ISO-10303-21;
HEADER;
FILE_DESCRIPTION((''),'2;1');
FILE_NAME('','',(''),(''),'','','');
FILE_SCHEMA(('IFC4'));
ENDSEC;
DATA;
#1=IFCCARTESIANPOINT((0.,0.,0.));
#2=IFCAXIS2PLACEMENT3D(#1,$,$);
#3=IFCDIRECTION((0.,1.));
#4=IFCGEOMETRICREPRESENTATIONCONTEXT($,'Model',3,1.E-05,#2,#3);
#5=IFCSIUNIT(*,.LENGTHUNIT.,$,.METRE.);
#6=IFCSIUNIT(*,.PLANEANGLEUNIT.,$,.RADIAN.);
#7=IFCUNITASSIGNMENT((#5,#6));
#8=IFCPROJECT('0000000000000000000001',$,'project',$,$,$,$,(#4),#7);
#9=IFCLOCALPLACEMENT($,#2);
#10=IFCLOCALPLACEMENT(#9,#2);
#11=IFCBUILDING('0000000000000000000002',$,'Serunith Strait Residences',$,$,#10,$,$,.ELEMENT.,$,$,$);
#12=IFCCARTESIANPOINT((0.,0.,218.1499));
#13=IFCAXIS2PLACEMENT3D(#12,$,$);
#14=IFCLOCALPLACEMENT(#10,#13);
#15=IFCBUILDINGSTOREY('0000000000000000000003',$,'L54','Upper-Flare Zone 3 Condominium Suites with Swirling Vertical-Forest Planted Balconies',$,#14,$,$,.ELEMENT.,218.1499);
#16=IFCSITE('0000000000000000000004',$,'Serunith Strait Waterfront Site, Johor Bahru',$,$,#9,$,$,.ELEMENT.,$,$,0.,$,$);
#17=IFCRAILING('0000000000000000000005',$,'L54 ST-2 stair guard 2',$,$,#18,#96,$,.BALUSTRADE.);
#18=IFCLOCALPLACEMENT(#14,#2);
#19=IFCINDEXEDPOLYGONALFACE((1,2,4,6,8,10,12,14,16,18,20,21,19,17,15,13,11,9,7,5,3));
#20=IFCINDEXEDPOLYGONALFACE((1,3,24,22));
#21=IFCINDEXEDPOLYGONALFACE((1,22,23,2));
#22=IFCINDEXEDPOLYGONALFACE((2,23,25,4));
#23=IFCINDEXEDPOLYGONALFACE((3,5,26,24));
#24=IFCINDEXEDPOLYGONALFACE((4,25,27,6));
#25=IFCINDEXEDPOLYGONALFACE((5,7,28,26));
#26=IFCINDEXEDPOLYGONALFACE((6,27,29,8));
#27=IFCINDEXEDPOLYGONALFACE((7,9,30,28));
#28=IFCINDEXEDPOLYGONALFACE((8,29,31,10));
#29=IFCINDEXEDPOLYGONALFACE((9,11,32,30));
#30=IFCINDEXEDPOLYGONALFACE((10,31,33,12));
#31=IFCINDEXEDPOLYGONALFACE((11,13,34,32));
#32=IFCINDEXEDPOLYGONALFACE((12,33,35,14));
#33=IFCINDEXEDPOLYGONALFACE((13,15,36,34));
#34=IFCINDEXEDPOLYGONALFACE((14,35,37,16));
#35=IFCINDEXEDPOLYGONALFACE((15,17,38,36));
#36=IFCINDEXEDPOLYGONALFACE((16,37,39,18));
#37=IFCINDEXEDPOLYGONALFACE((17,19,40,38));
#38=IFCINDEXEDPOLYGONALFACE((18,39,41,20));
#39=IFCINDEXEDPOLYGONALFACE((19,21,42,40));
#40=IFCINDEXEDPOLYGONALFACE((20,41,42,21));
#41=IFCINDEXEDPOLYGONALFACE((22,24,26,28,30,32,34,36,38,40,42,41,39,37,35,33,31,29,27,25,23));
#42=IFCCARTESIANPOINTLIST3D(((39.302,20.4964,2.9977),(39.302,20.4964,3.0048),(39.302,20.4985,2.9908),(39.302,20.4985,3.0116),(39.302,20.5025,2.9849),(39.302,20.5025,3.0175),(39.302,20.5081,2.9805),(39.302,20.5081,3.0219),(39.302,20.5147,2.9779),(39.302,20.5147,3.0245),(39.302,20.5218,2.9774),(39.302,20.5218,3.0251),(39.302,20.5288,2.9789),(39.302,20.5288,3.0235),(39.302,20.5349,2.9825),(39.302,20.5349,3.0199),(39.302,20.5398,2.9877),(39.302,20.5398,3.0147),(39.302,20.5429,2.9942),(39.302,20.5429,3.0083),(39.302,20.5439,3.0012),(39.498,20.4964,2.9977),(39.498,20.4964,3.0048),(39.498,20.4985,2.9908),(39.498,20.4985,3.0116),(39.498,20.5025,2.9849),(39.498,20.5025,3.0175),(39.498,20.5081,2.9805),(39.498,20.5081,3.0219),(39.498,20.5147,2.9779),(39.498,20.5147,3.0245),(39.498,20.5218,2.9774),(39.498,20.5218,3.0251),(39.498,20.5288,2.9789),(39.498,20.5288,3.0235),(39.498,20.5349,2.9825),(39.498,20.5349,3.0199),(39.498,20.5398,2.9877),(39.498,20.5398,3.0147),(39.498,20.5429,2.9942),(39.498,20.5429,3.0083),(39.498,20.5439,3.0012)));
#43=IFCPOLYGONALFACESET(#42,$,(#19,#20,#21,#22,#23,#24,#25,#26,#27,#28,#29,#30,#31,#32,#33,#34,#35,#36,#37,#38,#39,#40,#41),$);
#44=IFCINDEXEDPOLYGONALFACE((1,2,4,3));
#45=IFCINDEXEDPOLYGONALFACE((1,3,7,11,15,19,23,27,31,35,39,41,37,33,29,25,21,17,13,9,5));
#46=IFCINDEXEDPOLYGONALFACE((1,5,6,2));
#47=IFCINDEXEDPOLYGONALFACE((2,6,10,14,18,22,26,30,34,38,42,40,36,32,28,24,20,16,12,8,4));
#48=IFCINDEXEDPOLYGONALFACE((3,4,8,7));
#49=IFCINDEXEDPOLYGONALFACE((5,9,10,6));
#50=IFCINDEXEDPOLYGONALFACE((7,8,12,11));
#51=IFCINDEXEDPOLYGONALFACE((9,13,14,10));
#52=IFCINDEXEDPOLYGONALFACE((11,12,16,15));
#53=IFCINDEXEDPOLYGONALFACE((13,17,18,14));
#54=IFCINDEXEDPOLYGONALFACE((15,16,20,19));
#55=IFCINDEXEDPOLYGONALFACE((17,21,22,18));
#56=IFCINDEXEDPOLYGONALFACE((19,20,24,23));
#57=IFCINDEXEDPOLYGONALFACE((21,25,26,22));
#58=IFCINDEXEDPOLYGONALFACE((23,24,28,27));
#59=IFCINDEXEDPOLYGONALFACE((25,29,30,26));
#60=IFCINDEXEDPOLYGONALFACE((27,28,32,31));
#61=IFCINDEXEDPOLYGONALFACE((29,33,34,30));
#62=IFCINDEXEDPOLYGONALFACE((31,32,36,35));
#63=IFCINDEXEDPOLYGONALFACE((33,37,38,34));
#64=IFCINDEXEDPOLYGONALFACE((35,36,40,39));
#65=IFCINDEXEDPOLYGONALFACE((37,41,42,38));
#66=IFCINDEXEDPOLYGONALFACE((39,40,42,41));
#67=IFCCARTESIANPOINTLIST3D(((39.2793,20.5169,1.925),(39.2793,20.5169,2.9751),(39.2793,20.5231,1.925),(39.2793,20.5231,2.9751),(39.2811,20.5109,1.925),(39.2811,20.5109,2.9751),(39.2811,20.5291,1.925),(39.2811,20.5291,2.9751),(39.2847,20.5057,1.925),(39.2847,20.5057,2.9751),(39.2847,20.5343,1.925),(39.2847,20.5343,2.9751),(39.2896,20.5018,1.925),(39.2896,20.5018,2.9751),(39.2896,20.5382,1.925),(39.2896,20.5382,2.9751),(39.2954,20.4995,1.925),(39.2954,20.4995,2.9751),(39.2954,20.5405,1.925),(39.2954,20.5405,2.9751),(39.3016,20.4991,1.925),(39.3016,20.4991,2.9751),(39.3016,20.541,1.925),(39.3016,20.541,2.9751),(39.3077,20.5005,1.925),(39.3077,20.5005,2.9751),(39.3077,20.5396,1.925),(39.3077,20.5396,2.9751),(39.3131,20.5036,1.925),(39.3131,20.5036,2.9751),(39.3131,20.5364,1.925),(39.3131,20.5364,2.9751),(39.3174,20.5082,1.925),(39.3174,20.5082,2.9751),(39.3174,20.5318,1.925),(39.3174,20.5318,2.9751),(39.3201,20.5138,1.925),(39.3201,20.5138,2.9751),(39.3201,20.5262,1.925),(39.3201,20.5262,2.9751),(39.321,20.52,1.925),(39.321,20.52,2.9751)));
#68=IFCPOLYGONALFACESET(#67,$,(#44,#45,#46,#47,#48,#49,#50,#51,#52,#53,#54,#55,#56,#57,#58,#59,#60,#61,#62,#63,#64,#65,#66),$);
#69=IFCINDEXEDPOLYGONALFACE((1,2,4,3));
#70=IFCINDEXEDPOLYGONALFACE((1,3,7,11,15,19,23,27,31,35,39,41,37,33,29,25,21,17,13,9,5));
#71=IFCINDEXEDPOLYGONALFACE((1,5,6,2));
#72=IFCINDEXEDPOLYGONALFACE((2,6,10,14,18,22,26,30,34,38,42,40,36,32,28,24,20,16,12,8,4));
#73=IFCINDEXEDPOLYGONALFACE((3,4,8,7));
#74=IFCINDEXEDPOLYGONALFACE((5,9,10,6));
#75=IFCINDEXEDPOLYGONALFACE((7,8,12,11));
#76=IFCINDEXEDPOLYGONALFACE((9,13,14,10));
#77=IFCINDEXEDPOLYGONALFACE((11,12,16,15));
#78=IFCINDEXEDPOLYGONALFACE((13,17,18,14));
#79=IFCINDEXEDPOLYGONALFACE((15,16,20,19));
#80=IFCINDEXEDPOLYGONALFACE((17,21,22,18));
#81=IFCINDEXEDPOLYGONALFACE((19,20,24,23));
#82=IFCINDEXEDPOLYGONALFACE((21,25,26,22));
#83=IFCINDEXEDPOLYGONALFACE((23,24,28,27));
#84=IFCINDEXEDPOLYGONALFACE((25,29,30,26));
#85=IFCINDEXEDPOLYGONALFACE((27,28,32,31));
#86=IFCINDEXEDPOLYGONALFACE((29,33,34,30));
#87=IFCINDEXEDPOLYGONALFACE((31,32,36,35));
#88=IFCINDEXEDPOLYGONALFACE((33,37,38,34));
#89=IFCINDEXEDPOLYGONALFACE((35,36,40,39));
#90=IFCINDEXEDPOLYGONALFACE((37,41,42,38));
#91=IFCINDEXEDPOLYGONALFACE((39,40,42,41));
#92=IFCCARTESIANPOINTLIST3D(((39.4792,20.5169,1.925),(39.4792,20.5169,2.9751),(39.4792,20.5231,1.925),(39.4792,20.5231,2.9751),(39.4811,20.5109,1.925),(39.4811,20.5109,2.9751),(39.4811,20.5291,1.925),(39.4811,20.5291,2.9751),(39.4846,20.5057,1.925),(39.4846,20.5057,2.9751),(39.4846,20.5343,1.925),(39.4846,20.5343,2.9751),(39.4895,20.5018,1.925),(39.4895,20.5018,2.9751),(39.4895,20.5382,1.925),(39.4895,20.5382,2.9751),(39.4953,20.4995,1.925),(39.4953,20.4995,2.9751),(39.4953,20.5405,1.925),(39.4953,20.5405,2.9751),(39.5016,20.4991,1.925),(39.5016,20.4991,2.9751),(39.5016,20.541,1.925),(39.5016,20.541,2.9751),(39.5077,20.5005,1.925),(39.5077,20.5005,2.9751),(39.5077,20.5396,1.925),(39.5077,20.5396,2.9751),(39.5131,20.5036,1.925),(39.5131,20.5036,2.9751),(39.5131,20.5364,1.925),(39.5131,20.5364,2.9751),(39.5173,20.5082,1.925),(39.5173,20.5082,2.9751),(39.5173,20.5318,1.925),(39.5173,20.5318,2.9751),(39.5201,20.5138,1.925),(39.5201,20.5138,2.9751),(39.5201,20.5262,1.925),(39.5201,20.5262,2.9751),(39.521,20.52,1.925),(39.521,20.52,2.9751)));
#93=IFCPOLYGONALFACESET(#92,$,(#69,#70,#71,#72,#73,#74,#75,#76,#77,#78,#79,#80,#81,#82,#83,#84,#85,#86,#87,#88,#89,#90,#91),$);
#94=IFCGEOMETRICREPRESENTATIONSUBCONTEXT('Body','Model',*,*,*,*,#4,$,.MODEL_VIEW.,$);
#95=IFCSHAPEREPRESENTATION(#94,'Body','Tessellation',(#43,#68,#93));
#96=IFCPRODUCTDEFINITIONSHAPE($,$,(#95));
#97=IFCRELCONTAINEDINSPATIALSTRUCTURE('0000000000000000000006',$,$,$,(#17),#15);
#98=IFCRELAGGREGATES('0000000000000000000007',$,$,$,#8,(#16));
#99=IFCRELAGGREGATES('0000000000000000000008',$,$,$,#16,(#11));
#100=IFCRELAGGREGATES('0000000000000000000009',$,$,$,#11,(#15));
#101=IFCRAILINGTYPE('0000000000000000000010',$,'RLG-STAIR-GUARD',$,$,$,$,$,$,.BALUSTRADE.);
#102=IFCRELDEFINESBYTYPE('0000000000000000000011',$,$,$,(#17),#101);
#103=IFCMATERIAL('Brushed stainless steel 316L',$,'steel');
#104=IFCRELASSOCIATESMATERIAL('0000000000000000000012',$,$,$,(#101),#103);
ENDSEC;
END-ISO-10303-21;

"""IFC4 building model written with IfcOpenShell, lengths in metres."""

from ifc_helpers import new_model, si_unit, direction, frame, origin, origin_2d, place, context, subcontext, project, spatial, circle, extrude, material, type_object, element, save


model = new_model("IFC4")

# Units and contexts
model_context = context("Model", 3, precision=1e-05, world=origin(), true_north=direction((0.0, 1.0)))
body_context = subcontext(model_context, "Body", "Model", "MODEL_VIEW")
ifc_project = project(units=[si_unit("LENGTHUNIT", "METRE"), si_unit("PLANEANGLEUNIT", "RADIAN")], contexts=[model_context])

# Site, building, storey
site_placement = place(None, origin())
site = spatial("IfcSite", under=ifc_project, at=site_placement, Name="Serunith Strait Waterfront Site, Johor Bahru", CompositionType="ELEMENT", RefElevation=0.0)
building_placement = place(site_placement, origin())
building = spatial("IfcBuilding", under=site, at=building_placement, Name="Serunith Strait Residences", CompositionType="ELEMENT")
storey_placement = place(building_placement, frame((0.0, 0.0, 218.1499)))
storey = spatial("IfcBuildingStorey", under=building, at=storey_placement, Name="L54", Description="Upper-Flare Zone 3 Condominium Suites with Swirling Vertical-Forest Planted Balconies", CompositionType="ELEMENT", Elevation=218.1499)

# Railing
ifc_material_1 = material(Name="Brushed stainless steel 316L", Category="steel")
railing_type_1 = type_object("IfcRailingType", Name="RLG-STAIR-GUARD", PredefinedType="BALUSTRADE", material=ifc_material_1)
railing_1_placement = place(storey_placement, frame((39.3, 20.52, 1.925)))
element("IfcRailing", 1, at=railing_1_placement, inside=storey, type_object=railing_type_1, Name="L54 ST-2 stair guard 2", PredefinedType="BALUSTRADE", context=body_context, shape_type="SweptSolid", body=[
    extrude(circle(Radius=0.0239, at=origin_2d()), frame((0.002, 0.0, 1.0762), z_axis=(1.0, 0.0, 0.0), x_axis=(0.0, 1.0, 0.0)), (0.0, 0.0, 1.0), 0.196),
    extrude(circle(Radius=0.021, at=origin_2d()), origin(), (0.0, 0.0, 1.0), 1.05),
    extrude(circle(Radius=0.021, at=origin_2d()), frame((0.2, 0.0, 0.0)), (0.0, 0.0, 1.0), 1.05),
])

save(model, "model.ifc")
